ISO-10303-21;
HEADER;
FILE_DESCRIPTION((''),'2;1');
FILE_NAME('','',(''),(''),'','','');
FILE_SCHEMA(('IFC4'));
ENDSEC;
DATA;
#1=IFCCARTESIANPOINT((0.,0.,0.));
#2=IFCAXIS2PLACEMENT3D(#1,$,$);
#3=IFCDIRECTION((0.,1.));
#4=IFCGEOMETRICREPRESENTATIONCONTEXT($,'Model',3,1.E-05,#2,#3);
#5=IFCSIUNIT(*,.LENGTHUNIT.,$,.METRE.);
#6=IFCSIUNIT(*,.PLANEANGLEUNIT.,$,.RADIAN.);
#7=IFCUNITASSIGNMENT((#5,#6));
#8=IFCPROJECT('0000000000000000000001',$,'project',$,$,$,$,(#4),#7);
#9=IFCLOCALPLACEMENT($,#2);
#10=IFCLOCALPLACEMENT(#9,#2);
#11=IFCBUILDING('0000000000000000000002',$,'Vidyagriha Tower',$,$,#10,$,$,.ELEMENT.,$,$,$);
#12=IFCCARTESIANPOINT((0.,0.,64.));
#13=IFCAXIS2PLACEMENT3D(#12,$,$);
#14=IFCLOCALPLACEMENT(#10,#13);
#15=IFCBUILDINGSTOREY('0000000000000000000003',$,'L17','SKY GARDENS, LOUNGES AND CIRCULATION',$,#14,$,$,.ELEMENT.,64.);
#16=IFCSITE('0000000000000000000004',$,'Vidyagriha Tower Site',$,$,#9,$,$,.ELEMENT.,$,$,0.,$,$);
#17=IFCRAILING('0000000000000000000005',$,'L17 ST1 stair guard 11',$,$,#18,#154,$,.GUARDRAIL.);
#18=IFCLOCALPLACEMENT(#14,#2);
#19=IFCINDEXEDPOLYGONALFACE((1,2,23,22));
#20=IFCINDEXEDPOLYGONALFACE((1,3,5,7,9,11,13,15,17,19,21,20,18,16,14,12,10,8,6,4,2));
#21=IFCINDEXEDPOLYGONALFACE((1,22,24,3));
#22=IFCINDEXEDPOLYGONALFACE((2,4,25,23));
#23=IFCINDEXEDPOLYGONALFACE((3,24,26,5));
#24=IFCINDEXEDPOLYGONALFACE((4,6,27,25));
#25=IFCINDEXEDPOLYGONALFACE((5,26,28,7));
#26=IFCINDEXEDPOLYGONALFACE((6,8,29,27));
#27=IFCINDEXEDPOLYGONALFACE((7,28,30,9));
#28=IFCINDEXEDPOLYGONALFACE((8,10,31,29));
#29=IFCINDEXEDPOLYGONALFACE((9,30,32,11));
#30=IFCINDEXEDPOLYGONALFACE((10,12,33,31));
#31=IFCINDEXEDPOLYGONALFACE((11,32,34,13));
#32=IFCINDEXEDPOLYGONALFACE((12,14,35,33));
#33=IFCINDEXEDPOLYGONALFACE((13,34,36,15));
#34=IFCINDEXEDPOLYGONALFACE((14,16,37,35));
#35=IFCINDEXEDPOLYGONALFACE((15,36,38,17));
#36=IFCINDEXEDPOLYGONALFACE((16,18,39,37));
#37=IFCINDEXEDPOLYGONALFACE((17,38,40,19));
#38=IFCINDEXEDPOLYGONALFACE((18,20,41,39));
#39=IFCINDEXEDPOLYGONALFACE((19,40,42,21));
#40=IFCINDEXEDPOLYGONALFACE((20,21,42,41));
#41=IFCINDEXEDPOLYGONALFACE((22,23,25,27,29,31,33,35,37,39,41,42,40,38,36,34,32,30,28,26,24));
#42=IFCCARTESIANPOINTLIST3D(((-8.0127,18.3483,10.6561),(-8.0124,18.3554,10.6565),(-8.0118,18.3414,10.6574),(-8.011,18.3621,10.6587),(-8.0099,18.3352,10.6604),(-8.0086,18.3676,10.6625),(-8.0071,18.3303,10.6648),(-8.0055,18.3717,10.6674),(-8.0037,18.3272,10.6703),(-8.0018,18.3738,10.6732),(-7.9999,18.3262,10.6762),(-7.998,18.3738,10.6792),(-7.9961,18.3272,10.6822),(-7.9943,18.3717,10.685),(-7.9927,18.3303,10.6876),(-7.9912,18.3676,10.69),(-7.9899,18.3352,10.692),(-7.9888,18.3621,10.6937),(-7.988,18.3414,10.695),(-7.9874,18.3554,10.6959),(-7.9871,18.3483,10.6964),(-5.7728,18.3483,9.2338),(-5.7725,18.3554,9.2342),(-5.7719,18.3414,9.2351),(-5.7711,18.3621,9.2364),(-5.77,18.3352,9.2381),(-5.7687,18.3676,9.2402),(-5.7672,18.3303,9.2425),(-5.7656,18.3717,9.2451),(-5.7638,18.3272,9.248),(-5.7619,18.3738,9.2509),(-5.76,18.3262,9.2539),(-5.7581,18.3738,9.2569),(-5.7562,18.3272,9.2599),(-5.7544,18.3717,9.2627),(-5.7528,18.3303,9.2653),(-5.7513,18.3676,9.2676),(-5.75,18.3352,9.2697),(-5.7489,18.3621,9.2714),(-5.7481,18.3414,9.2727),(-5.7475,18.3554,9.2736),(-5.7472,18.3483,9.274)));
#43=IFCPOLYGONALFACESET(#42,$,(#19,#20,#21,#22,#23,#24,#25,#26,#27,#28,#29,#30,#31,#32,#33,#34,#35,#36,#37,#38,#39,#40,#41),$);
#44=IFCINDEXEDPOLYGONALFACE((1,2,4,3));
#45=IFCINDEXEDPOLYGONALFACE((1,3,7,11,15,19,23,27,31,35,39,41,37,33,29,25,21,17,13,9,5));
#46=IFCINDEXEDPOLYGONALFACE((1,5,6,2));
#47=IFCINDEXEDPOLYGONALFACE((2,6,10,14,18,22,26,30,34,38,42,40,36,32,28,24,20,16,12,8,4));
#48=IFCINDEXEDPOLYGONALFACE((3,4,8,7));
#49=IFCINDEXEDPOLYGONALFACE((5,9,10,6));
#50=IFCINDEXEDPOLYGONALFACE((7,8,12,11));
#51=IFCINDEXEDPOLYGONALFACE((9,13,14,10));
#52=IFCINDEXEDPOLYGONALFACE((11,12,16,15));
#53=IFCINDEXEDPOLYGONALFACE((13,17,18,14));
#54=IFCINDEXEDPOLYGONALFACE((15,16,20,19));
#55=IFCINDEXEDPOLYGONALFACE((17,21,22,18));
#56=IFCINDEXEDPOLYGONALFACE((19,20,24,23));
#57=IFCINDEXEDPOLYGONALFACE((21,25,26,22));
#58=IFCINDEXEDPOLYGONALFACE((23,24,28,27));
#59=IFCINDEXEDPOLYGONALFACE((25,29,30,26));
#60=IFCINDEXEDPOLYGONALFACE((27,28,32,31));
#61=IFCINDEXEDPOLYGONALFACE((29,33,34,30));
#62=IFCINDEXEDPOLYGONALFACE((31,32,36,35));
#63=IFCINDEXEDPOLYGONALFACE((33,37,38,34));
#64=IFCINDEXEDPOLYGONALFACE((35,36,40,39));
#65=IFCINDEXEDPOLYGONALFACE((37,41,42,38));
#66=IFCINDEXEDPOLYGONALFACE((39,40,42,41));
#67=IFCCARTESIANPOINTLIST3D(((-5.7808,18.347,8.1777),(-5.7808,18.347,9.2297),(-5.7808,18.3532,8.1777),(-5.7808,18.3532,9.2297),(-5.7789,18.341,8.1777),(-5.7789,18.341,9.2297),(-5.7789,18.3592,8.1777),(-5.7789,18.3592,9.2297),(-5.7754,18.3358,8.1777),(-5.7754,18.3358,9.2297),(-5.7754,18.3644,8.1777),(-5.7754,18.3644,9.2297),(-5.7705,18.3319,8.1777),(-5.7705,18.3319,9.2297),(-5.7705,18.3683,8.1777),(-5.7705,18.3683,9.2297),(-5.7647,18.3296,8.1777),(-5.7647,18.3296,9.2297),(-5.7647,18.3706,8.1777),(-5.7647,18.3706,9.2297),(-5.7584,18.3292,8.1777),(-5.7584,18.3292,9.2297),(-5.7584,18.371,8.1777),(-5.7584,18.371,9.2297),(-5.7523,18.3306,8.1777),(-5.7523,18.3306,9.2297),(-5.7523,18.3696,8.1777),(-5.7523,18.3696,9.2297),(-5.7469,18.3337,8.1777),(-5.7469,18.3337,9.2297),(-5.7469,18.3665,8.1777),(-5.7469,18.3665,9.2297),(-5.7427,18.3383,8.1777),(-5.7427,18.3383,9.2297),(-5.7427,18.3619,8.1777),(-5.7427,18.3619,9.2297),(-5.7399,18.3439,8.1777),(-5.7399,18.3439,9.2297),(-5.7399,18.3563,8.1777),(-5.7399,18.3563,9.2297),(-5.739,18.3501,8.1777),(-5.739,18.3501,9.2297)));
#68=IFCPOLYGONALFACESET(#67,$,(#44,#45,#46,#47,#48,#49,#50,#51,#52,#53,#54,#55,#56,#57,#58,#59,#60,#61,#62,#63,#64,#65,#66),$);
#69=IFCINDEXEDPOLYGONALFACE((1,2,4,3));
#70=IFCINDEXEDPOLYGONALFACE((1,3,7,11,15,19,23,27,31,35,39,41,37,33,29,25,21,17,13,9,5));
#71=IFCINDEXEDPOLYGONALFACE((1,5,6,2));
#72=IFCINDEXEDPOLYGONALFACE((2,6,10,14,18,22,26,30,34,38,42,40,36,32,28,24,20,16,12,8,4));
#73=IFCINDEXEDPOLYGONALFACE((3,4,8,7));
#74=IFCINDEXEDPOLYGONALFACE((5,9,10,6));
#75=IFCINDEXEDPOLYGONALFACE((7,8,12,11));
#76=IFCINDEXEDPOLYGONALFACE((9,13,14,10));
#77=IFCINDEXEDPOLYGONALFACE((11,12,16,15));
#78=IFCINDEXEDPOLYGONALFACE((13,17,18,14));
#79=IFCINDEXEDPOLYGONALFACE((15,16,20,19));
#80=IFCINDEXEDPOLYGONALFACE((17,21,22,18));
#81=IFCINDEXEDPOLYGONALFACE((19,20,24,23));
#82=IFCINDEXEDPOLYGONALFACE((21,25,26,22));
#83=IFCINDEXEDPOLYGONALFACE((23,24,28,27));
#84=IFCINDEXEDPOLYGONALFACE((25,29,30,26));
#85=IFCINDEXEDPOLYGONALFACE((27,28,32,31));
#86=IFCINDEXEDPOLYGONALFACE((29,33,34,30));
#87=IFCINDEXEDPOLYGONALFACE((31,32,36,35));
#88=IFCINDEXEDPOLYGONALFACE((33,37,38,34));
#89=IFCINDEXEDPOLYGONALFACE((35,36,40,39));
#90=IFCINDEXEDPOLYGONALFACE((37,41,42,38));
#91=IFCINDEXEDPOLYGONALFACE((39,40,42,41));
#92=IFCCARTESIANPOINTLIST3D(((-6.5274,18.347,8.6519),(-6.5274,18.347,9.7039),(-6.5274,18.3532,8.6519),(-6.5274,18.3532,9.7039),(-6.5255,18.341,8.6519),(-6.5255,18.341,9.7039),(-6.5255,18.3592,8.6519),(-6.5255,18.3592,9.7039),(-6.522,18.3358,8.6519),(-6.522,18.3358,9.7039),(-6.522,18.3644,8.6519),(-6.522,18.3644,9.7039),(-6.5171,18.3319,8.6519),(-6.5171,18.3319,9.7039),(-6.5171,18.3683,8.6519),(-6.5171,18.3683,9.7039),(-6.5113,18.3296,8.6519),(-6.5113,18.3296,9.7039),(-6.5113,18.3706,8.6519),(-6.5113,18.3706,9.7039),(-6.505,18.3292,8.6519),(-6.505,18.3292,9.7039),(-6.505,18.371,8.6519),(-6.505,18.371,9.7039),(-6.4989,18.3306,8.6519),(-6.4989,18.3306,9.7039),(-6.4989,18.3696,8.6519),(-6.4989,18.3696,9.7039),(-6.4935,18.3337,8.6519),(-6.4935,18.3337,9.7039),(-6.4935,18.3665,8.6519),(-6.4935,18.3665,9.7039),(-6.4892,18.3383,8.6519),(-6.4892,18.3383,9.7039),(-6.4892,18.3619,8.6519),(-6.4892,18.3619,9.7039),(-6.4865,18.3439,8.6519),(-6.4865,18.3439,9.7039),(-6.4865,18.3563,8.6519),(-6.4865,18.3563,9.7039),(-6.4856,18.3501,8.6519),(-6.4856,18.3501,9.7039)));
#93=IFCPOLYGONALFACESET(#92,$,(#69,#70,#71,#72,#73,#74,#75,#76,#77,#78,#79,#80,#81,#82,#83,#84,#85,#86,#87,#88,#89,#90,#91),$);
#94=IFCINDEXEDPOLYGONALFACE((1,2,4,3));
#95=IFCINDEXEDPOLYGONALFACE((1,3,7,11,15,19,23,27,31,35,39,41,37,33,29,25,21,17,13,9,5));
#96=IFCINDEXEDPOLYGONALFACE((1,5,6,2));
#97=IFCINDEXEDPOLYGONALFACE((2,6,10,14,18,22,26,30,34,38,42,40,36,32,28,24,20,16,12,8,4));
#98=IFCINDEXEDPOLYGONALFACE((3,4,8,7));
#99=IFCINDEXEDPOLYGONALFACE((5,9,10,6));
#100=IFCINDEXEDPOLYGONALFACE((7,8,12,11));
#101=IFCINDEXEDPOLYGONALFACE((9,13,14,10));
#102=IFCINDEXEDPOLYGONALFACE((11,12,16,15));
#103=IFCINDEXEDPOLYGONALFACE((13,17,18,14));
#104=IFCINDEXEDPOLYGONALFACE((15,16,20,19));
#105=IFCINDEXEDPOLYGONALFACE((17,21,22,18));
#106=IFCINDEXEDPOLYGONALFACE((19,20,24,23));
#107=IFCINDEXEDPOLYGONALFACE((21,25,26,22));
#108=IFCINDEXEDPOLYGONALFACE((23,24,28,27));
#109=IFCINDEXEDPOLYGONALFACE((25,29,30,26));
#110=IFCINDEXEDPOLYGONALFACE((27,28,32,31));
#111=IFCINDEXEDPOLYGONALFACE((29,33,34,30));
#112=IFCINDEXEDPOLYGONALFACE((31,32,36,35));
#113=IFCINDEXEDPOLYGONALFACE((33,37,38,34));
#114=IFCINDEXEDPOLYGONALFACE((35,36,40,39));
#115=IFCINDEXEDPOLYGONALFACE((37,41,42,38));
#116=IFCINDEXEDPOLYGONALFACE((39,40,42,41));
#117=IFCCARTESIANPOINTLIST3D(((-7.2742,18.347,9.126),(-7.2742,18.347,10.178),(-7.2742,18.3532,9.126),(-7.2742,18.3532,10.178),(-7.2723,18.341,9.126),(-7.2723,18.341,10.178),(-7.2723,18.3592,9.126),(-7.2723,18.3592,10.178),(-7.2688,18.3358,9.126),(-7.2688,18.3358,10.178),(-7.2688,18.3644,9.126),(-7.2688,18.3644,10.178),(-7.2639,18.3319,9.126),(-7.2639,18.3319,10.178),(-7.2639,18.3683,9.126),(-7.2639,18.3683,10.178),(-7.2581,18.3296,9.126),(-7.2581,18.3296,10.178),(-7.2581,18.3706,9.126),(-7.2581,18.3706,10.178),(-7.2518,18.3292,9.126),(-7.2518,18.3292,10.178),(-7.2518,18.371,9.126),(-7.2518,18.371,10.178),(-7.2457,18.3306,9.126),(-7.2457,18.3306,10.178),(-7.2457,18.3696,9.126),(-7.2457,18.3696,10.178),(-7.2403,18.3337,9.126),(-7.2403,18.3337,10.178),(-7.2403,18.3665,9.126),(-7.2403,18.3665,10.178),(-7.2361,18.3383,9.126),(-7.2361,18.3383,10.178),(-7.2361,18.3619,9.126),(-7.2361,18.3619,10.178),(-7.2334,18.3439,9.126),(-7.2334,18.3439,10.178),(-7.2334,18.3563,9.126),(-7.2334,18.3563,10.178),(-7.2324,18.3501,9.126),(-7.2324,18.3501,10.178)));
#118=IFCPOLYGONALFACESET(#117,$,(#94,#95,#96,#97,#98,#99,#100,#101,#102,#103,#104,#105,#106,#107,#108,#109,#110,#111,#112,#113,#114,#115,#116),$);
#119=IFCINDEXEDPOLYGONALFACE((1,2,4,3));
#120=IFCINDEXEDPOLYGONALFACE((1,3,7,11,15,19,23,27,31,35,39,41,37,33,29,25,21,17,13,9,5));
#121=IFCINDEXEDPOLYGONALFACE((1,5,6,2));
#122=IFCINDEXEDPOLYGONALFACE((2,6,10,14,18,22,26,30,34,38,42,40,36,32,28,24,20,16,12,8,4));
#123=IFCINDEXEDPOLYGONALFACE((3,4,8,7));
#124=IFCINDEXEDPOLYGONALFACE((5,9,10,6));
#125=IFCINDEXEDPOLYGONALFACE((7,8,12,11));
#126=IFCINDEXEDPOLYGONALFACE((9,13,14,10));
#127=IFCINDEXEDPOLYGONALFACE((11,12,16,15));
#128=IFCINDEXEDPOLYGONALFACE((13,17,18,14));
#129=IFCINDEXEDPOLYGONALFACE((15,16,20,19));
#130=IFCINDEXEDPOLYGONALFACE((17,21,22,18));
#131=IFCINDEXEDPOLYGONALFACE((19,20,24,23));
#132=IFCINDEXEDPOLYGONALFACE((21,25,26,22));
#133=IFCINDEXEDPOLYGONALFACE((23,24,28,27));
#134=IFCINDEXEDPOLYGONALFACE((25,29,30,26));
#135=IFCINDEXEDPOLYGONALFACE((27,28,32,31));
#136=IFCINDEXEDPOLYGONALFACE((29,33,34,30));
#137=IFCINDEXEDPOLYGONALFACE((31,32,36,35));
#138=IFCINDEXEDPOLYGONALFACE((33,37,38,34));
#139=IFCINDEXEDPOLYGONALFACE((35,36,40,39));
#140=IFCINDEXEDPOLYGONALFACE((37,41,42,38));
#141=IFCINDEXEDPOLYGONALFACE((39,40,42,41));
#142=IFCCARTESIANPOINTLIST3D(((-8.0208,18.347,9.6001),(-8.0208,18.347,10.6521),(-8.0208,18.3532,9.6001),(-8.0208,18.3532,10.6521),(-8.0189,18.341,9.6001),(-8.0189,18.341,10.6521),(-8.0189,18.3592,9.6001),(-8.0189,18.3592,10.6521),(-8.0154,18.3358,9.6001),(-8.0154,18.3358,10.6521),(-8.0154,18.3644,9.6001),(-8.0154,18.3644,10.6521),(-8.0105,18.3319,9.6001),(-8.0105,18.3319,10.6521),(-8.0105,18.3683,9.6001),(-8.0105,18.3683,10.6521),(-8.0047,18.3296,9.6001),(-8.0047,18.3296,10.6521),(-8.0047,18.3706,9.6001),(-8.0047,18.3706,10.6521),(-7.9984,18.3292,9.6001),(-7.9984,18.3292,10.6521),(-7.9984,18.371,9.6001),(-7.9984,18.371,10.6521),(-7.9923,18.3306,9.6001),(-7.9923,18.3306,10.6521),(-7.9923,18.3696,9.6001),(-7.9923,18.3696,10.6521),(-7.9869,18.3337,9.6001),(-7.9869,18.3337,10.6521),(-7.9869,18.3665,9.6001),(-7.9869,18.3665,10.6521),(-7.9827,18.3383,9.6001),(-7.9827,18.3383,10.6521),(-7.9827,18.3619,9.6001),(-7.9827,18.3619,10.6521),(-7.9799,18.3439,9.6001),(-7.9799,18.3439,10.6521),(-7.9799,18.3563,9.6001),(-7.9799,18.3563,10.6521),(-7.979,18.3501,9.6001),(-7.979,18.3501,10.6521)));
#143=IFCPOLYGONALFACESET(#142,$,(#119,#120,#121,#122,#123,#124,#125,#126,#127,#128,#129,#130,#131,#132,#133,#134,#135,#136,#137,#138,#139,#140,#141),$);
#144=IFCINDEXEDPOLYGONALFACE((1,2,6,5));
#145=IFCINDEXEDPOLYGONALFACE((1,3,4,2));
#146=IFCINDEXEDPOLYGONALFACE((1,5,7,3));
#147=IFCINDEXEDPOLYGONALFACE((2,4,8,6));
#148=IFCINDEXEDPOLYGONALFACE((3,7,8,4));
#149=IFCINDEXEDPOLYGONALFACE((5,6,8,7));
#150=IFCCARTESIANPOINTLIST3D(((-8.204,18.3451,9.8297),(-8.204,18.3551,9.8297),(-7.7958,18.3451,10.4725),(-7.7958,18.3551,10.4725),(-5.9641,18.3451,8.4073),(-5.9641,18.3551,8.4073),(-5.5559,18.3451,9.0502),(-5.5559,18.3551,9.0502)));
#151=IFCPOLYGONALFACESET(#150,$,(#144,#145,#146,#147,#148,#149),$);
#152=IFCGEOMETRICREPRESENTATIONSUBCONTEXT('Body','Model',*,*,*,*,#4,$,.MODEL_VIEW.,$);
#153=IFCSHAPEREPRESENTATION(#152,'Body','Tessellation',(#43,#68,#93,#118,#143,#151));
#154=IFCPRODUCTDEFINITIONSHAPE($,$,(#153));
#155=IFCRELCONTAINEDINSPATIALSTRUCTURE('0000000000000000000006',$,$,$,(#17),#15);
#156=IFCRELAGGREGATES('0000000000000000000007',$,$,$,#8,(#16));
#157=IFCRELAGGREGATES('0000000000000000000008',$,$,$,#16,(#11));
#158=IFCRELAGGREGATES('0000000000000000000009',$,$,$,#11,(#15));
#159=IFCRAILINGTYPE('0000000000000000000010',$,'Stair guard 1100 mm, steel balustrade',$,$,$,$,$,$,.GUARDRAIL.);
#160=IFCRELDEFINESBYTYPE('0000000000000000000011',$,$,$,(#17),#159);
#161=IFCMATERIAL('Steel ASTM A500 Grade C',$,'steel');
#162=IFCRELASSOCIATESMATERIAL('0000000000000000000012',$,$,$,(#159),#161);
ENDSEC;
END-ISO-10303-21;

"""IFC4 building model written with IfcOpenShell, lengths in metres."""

from ifc_helpers import new_model, si_unit, direction, frame, origin, origin_2d, place, context, subcontext, project, spatial, rectangle, circle, extrude, material, type_object, element, save


model = new_model("IFC4")

# Units and contexts
model_context = context("Model", 3, precision=1e-05, world=origin(), true_north=direction((0.0, 1.0)))
body_context = subcontext(model_context, "Body", "Model", "MODEL_VIEW")
ifc_project = project(units=[si_unit("LENGTHUNIT", "METRE"), si_unit("PLANEANGLEUNIT", "RADIAN")], contexts=[model_context])

# Site, building, storey
site_placement = place(None, origin())
site = spatial("IfcSite", under=ifc_project, at=site_placement, Name="Vidyagriha Tower Site", CompositionType="ELEMENT", RefElevation=0.0)
building_placement = place(site_placement, origin())
building = spatial("IfcBuilding", under=site, at=building_placement, Name="Vidyagriha Tower", CompositionType="ELEMENT")
storey_placement = place(building_placement, frame((0.0, 0.0, 64.0)))
storey = spatial("IfcBuildingStorey", under=building, at=storey_placement, Name="L17", Description="SKY GARDENS, LOUNGES AND CIRCULATION", CompositionType="ELEMENT", Elevation=64.0)

# Railing
ifc_material_1 = material(Name="Steel ASTM A500 Grade C", Category="steel")
railing_type_1 = type_object("IfcRailingType", Name="Stair guard 1100 mm, steel balustrade", PredefinedType="GUARDRAIL", material=ifc_material_1)
railing_1_placement = place(storey_placement, frame((-5.76, 18.3501, 8.1777)))
element("IfcRailing", 1, at=railing_1_placement, inside=storey, type_object=railing_type_1, Name="L17 ST1 stair guard 11", PredefinedType="GUARDRAIL", context=body_context, shape_type="SweptSolid", body=[
    extrude(circle(Radius=0.0239, at=origin_2d()), frame((0.0, 0.0, 1.0762), z_axis=(-0.844188, 0.0, 0.536048), x_axis=(0.0, -1.0, 0.0)), (0.0, 0.0, 1.0), 2.6533),
    extrude(circle(Radius=0.021, at=origin_2d()), origin(), (0.0, 0.0, 1.0), 1.052),
    extrude(circle(Radius=0.021, at=origin_2d()), frame((-0.7466, 0.0, 0.4741)), (0.0, 0.0, 1.0), 1.052),
    extrude(circle(Radius=0.021, at=origin_2d()), frame((-1.4934, 0.0, 0.9482)), (0.0, 0.0, 1.0), 1.052),
    extrude(circle(Radius=0.021, at=origin_2d()), frame((-2.24, 0.0, 1.4224)), (0.0, 0.0, 1.0), 1.052),
    extrude(rectangle(XDim=0.01, YDim=0.7615, at=origin_2d()), frame((0.0, 0.0, 0.551), z_axis=(-0.844188, 0.0, 0.536048), x_axis=(0.0, -1.0, 0.0)), (0.0, 0.0, 1.0), 2.6533),
])

save(model, "model.ifc")
